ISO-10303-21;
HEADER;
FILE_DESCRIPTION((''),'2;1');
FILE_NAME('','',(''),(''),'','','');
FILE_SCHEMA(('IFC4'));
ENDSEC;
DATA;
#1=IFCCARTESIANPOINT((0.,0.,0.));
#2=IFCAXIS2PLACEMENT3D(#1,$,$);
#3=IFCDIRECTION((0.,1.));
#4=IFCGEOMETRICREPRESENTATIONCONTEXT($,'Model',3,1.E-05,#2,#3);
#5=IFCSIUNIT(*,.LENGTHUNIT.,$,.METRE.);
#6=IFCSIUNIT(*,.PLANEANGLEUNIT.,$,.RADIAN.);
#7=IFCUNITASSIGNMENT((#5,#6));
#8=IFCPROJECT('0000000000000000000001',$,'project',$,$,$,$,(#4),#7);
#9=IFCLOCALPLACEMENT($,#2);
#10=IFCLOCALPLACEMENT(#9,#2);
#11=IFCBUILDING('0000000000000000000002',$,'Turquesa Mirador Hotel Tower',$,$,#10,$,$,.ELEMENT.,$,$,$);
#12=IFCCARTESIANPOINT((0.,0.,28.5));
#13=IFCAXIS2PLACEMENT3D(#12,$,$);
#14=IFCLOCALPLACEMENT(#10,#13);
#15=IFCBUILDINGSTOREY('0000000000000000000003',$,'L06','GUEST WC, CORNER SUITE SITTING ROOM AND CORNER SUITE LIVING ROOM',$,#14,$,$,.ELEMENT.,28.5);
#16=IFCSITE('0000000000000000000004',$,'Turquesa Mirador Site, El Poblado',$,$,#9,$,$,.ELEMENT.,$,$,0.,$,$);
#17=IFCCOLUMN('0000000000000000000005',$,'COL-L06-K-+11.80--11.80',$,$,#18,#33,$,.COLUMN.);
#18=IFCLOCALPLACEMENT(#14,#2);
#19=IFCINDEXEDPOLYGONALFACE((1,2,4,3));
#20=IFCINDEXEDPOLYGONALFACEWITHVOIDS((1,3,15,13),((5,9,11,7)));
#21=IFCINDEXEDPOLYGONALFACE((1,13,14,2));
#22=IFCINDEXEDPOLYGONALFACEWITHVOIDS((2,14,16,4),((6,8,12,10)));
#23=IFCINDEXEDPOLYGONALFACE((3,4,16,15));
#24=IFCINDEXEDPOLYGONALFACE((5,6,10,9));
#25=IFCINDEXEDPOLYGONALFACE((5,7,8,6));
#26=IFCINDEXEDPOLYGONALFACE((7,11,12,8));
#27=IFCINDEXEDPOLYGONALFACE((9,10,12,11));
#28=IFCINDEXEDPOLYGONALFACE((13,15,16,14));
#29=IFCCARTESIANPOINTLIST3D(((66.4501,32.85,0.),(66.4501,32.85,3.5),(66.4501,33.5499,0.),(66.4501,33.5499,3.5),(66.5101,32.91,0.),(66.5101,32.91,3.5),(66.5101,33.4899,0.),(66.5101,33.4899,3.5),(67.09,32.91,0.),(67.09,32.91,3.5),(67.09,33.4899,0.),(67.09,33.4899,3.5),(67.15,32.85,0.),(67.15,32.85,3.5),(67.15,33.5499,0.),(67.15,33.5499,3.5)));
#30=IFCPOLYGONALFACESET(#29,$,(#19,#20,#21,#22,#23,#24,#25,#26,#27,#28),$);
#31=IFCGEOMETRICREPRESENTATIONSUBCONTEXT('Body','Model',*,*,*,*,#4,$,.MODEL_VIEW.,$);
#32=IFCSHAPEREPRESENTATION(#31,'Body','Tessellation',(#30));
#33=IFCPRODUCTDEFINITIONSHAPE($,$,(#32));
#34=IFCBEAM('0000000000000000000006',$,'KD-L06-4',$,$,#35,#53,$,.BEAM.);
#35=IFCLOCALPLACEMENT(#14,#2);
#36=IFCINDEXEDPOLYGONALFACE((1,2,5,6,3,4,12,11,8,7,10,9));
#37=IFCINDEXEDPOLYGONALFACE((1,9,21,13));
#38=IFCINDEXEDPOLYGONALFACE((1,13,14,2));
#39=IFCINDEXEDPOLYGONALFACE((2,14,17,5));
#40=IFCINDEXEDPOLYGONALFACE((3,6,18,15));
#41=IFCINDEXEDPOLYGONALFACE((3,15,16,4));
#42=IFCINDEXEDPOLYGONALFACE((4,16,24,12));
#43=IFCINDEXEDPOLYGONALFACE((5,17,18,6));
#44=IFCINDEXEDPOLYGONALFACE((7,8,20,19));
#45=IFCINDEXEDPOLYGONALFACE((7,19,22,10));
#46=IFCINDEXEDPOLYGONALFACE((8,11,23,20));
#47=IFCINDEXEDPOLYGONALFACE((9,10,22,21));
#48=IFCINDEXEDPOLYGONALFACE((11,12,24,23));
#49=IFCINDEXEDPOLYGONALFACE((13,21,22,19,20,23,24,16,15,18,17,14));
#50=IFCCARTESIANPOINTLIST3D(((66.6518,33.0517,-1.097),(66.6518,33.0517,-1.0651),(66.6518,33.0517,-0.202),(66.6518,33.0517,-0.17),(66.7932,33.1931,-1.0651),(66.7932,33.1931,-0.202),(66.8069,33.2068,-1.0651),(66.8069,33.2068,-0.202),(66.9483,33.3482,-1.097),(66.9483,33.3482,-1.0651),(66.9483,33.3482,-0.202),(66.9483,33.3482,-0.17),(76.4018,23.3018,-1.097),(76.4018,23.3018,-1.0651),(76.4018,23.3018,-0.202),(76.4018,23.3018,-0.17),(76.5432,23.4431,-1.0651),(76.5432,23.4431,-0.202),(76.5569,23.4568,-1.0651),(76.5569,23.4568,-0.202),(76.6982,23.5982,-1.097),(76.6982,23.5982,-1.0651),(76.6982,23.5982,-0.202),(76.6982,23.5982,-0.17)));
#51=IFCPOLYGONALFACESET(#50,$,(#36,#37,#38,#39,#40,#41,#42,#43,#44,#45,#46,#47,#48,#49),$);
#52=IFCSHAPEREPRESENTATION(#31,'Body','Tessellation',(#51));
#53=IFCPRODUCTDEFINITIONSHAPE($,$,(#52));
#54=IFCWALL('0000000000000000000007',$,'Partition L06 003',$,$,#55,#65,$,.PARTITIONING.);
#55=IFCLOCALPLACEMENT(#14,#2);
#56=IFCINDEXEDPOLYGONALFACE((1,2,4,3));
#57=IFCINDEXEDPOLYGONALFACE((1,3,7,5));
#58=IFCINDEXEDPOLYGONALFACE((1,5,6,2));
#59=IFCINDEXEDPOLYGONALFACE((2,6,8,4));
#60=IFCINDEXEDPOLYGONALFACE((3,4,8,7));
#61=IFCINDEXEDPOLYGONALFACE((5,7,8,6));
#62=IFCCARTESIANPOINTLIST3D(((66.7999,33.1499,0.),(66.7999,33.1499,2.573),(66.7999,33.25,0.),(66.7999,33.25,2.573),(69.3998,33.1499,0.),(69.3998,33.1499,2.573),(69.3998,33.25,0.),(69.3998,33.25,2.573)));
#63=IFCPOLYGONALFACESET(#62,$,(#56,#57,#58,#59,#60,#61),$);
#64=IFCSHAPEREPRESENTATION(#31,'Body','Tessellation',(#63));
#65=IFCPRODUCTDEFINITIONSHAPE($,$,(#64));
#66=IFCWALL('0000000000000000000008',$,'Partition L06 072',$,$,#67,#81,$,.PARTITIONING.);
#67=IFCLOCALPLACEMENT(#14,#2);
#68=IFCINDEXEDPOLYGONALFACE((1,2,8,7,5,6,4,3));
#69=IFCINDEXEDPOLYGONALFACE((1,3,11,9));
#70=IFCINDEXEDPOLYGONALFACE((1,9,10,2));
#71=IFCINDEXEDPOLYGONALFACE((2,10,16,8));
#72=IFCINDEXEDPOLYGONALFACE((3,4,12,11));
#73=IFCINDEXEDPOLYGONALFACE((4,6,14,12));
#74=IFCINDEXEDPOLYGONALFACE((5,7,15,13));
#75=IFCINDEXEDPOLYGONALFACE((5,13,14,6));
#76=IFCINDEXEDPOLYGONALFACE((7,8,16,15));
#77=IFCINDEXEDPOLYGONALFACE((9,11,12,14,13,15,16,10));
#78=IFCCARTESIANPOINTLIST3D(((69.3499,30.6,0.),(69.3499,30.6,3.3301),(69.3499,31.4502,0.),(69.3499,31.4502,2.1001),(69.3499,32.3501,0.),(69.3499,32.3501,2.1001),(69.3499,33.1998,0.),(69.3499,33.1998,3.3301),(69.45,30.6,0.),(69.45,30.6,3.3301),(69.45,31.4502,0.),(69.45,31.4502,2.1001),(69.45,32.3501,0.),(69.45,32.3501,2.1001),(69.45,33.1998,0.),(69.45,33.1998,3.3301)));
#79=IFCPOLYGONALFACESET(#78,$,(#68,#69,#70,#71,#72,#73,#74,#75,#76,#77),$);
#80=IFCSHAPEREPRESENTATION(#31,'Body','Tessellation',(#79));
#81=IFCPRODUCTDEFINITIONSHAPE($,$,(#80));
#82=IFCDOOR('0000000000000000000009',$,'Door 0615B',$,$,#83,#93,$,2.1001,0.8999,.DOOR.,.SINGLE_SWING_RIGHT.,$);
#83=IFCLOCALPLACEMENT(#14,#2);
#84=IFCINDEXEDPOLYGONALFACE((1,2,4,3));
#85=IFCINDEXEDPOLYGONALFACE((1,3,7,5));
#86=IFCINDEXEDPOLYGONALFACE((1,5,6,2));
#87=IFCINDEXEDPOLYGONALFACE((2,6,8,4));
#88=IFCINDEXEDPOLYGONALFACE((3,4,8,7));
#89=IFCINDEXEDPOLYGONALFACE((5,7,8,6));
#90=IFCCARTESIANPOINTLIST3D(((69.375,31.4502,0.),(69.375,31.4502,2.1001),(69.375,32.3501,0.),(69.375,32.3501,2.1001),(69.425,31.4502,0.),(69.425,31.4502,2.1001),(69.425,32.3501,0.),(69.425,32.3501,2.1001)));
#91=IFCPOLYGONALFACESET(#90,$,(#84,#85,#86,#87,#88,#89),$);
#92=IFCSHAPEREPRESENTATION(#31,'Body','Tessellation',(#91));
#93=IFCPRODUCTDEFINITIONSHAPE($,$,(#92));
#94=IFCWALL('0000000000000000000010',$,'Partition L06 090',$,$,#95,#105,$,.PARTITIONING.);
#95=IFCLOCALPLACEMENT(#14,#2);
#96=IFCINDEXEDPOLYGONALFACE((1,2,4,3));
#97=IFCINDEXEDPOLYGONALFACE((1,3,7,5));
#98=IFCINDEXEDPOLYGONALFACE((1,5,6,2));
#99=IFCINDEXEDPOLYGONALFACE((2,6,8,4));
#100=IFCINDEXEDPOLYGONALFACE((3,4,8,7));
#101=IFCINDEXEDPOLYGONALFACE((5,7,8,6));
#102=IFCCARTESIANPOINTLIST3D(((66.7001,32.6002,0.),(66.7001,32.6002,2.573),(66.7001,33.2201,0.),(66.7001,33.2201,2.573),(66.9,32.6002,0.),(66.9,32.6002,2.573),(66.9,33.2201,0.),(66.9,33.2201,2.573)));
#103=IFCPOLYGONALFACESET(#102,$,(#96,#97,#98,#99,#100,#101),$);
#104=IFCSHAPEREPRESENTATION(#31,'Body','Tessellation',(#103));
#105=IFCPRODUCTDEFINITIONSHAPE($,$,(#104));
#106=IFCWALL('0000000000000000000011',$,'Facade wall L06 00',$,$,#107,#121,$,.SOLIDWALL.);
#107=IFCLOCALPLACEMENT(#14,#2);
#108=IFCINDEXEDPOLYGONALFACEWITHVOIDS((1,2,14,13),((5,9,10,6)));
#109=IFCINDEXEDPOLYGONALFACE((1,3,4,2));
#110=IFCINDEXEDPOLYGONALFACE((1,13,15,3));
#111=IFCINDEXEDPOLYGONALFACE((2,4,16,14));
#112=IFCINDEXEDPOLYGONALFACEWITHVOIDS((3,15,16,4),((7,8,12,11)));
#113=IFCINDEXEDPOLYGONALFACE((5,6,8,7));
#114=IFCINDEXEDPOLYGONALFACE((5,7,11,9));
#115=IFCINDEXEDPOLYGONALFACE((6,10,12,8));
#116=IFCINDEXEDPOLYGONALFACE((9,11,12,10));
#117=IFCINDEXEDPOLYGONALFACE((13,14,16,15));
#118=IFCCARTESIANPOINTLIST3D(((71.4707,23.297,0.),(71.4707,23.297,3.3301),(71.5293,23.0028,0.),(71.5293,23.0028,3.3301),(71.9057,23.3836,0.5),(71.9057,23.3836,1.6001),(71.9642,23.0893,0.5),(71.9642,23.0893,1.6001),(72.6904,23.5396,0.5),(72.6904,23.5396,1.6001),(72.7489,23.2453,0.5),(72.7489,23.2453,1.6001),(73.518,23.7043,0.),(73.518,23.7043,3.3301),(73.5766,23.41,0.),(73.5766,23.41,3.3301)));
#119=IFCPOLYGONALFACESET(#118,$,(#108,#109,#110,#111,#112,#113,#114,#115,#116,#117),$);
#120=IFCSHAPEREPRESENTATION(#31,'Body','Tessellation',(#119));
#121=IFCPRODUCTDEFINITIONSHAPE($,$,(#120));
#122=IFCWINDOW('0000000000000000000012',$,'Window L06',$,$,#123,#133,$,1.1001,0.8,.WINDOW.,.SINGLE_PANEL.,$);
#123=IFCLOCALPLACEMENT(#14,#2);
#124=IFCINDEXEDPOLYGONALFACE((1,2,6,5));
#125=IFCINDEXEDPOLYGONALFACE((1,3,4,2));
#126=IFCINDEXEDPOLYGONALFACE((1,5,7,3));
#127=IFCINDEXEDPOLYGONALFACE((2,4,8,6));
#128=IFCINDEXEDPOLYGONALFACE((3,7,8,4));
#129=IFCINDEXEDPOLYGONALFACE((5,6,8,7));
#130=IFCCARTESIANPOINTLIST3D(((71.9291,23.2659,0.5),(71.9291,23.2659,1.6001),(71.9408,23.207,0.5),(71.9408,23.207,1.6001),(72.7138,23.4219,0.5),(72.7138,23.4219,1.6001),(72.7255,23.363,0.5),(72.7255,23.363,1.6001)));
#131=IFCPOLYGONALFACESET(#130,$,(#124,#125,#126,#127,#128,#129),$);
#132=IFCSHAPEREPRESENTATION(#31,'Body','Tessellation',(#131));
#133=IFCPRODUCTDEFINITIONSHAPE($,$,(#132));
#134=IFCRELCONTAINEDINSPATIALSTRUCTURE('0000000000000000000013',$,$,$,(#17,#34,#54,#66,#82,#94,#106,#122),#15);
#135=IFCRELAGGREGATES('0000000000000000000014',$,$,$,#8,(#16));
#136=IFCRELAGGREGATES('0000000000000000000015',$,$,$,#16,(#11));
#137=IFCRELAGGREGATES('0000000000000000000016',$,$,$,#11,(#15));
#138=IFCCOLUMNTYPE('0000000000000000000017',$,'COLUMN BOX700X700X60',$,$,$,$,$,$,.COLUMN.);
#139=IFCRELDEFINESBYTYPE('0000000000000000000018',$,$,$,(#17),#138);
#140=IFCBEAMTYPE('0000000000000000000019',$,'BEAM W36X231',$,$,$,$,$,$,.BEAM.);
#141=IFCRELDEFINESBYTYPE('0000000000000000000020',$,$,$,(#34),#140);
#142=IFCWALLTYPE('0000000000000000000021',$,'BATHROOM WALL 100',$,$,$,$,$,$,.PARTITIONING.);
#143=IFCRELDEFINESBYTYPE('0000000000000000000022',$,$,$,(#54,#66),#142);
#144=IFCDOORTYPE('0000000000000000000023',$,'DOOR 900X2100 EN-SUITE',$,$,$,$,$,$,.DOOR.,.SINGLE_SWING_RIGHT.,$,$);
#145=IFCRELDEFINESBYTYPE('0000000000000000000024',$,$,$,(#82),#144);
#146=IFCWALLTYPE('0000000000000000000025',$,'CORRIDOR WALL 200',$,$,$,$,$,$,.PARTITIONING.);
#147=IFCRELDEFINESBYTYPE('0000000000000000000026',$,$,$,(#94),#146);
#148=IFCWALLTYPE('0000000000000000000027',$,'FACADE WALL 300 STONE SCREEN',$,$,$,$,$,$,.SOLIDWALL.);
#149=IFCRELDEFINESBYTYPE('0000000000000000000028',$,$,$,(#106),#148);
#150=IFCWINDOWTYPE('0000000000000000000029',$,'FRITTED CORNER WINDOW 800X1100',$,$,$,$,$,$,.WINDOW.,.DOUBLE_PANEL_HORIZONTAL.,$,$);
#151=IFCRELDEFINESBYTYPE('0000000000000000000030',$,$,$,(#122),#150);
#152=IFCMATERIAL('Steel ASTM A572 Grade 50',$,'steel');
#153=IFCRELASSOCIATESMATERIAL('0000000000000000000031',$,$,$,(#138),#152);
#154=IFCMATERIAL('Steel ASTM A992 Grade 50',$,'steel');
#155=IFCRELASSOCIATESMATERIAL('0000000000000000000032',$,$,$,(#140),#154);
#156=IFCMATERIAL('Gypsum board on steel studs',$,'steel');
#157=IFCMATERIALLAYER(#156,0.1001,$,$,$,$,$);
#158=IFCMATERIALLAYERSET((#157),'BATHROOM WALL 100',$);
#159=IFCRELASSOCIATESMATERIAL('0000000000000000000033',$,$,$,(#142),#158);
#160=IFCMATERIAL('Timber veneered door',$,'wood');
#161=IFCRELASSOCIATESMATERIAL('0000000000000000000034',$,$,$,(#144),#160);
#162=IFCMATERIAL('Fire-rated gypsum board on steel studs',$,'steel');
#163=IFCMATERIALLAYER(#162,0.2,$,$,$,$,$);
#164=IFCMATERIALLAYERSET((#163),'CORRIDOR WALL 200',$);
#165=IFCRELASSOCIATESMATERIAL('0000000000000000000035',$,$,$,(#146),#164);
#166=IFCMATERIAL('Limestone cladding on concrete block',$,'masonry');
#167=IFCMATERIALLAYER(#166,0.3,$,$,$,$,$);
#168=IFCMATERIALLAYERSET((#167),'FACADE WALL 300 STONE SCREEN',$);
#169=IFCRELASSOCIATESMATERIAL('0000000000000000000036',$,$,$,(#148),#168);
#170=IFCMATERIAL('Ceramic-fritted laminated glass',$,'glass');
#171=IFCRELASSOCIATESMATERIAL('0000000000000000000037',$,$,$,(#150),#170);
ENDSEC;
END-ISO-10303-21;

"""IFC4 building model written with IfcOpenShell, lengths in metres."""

from ifc_helpers import new_model, si_unit, direction, frame, frame_2d, origin, origin_2d, place, context, subcontext, project, spatial, rectangle, hollow_rectangle, i_section, extrude, material, layer, layer_set, material_profile, profile_set, type_object, element, fill, save


model = new_model("IFC4")

# Units and contexts
model_context = context("Model", 3, precision=1e-05, world=origin(), true_north=direction((0.0, 1.0)))
body_context = subcontext(model_context, "Body", "Model", "MODEL_VIEW")
ifc_project = project(units=[si_unit("LENGTHUNIT", "METRE"), si_unit("PLANEANGLEUNIT", "RADIAN")], contexts=[model_context])

# Site, building, storey
site_placement = place(None, origin())
site = spatial("IfcSite", under=ifc_project, at=site_placement, Name="Turquesa Mirador Site, El Poblado", CompositionType="ELEMENT", RefElevation=0.0)
building_placement = place(site_placement, origin())
building = spatial("IfcBuilding", under=site, at=building_placement, Name="Turquesa Mirador Hotel Tower", CompositionType="ELEMENT")
storey_placement = place(building_placement, frame((0.0, 0.0, 28.5)))
storey = spatial("IfcBuildingStorey", under=building, at=storey_placement, Name="L06", Description="GUEST WC, CORNER SUITE SITTING ROOM AND CORNER SUITE LIVING ROOM", CompositionType="ELEMENT", Elevation=28.5)

# Column
ifc_material_1 = material(Name="Steel ASTM A572 Grade 50", Category="steel")
ifc_material_profile_1 = material_profile(ifc_material_1, hollow_rectangle(XDim=0.7, YDim=0.7, WallThickness=0.0601, at=origin_2d()), Name="BOX700X700X60")
ifc_profile_set_1 = profile_set([ifc_material_profile_1], Name="Steel ASTM A572 Grade 50")
column_type = type_object("IfcColumnType", Name="COLUMN BOX700X700X60", PredefinedType="COLUMN", material=ifc_profile_set_1)
column_placement = place(storey_placement, frame((66.8, 33.2, 0.0), z_axis=(0.0, 0.0, 1.0), x_axis=(1.0, 0.0, 0.0)))
element("IfcColumn", 1, at=column_placement, inside=storey, type_object=column_type, Name="COL-L06-K-+11.80--11.80", PredefinedType="COLUMN", context=body_context, shape_type="SweptSolid", body=[
    extrude(hollow_rectangle(XDim=0.7, YDim=0.7, WallThickness=0.0601, at=origin_2d()), origin(), (0.0, 0.0, 1.0), 3.5),
])

# Beam
ifc_material_2 = material(Name="Steel ASTM A992 Grade 50", Category="steel")
ifc_material_profile_2 = material_profile(ifc_material_2, i_section(OverallWidth=0.4192, OverallDepth=0.927, WebThickness=0.0193, FlangeThickness=0.032, at=origin_2d()), Name="W36X231")
ifc_profile_set_2 = profile_set([ifc_material_profile_2], Name="Steel ASTM A992 Grade 50")
beam_type = type_object("IfcBeamType", Name="BEAM W36X231", PredefinedType="BEAM", material=ifc_profile_set_2)
beam_placement = place(storey_placement, frame((66.8, 33.2, -0.6335), z_axis=(0.707107, -0.707107, 0.0), x_axis=(0.707107, 0.707107, 0.0)))
element("IfcBeam", 2, at=beam_placement, inside=storey, type_object=beam_type, Name="KD-L06-4", PredefinedType="BEAM", context=body_context, shape_type="SweptSolid", body=[
    extrude(i_section(OverallWidth=0.4192, OverallDepth=0.927, WebThickness=0.0193, FlangeThickness=0.032, at=origin_2d()), origin(), (0.0, 0.0, 1.0), 13.7886),
])

# Wall
ifc_material_3 = material(Name="Gypsum board on steel studs", Category="steel")
ifc_layer_1 = layer(ifc_material_3, 0.1001)
ifc_layer_set_1 = layer_set([ifc_layer_1], Name="BATHROOM WALL 100")
wall_type_1 = type_object("IfcWallType", Name="BATHROOM WALL 100", PredefinedType="PARTITIONING", material=ifc_layer_set_1)
wall_1_placement = place(storey_placement, frame((66.8, 33.2, 0.0), z_axis=(0.0, 0.0, 1.0), x_axis=(1.0, 0.0, 0.0)))
element("IfcWall", 3, at=wall_1_placement, inside=storey, type_object=wall_type_1, Name="Partition L06 003", PredefinedType="PARTITIONING", context=body_context, shape_type="SweptSolid", body=[
    extrude(rectangle(XDim=2.5999, YDim=0.1001, at=frame_2d((1.2998, 0.0))), origin(), (0.0, 0.0, 1.0), 2.573),
])

# Wall, opening, door
wall_2_placement = place(storey_placement, frame((69.3999, 30.6001, 0.0), z_axis=(0.0, 0.0, 1.0), x_axis=(0.0, 1.0, 0.0)))
wall_2 = element("IfcWall", 4, at=wall_2_placement, inside=storey, type_object=wall_type_1, Name="Partition L06 072", PredefinedType="PARTITIONING", context=body_context, shape_type="SweptSolid", body=[
    extrude(rectangle(XDim=2.5999, YDim=0.1001, at=frame_2d((1.2998, 0.0))), origin(), (0.0, 0.0, 1.0), 3.3301),
])
opening_1_placement = place(wall_2_placement, frame((0.8501, 0.0, 0.0)))
opening_1 = element("IfcOpeningElement", 5, at=opening_1_placement, cuts=wall_2, PredefinedType="OPENING", context=body_context, shape_type="SweptSolid", body=[
    extrude(rectangle(XDim=0.8999, YDim=2.1001, at=frame_2d((0.45, 1.05))), frame((0.0, 0.0601, 0.0), z_axis=(0.0, -1.0, 0.0), x_axis=(1.0, 0.0, 0.0)), (0.0, 0.0, 1.0), 0.1201),
])
ifc_material_4 = material(Name="Timber veneered door", Category="wood")
door_type_1 = type_object("IfcDoorType", Name="DOOR 900X2100 EN-SUITE", OperationType="SINGLE_SWING_RIGHT", PredefinedType="DOOR", material=ifc_material_4)
door_1_placement = place(opening_1_placement, origin())
door_1 = element("IfcDoor", 6, at=door_1_placement, inside=storey, type_object=door_type_1, Name="Door 0615B", OperationType="SINGLE_SWING_RIGHT", OverallHeight=2.1001, OverallWidth=0.8999, PredefinedType="DOOR", context=body_context, shape_type="SweptSolid", body=[
    extrude(rectangle(XDim=0.8999, YDim=2.1001, at=frame_2d((0.45, 1.05))), frame((0.0, 0.0249, 0.0), z_axis=(0.0, -1.0, 0.0), x_axis=(1.0, 0.0, 0.0)), (0.0, 0.0, 1.0), 0.05),
])
fill(opening_1, door_1)

# Wall
ifc_material_5 = material(Name="Fire-rated gypsum board on steel studs", Category="steel")
ifc_layer_2 = layer(ifc_material_5, 0.2)
ifc_layer_set_2 = layer_set([ifc_layer_2], Name="CORRIDOR WALL 200")
wall_type_2 = type_object("IfcWallType", Name="CORRIDOR WALL 200", PredefinedType="PARTITIONING", material=ifc_layer_set_2)
wall_3_placement = place(storey_placement, frame((66.8, 32.6001, 0.0), z_axis=(0.0, 0.0, 1.0), x_axis=(0.0, 1.0, 0.0)))
element("IfcWall", 7, at=wall_3_placement, inside=storey, type_object=wall_type_2, Name="Partition L06 090", PredefinedType="PARTITIONING", context=body_context, shape_type="SweptSolid", body=[
    extrude(rectangle(XDim=0.6199, YDim=0.2, at=frame_2d((0.3101, 0.0))), origin(), (0.0, 0.0, 1.0), 2.573),
])

# Wall, opening, window
ifc_material_6 = material(Name="Limestone cladding on concrete block", Category="masonry")
ifc_layer_3 = layer(ifc_material_6, 0.3)
ifc_layer_set_3 = layer_set([ifc_layer_3], Name="FACADE WALL 300 STONE SCREEN")
wall_type_3 = type_object("IfcWallType", Name="FACADE WALL 300 STONE SCREEN", PredefinedType="SOLIDWALL", material=ifc_layer_set_3)
wall_4_placement = place(storey_placement, frame((71.5, 23.1499, 0.0), z_axis=(0.0, 0.0, 1.0), x_axis=(0.980787, 0.195081, 0.0)))
wall_4 = element("IfcWall", 8, at=wall_4_placement, inside=storey, type_object=wall_type_3, Name="Facade wall L06 00", PredefinedType="SOLIDWALL", context=body_context, shape_type="SweptSolid", body=[
    extrude(rectangle(XDim=2.0874, YDim=0.3, at=frame_2d((1.0437, 0.0))), origin(), (0.0, 0.0, 1.0), 3.3301),
])
opening_2_placement = place(wall_4_placement, frame((0.4436, 0.0, 0.5)))
opening_2 = element("IfcOpeningElement", 9, at=opening_2_placement, cuts=wall_4, PredefinedType="OPENING", context=body_context, shape_type="SweptSolid", body=[
    extrude(rectangle(XDim=0.8, YDim=1.1001, at=frame_2d((0.3999, 0.55))), frame((0.0, 0.1599, 0.0), z_axis=(0.0, -1.0, 0.0), x_axis=(1.0, 0.0, 0.0)), (0.0, 0.0, 1.0), 0.3201),
])
ifc_material_7 = material(Name="Ceramic-fritted laminated glass", Category="glass")
window_type = type_object("IfcWindowType", Name="FRITTED CORNER WINDOW 800X1100", PartitioningType="DOUBLE_PANEL_HORIZONTAL", PredefinedType="WINDOW", material=ifc_material_7)
window_placement = place(opening_2_placement, origin())
window = element("IfcWindow", 10, at=window_placement, inside=storey, type_object=window_type, Name="Window L06", OverallHeight=1.1001, OverallWidth=0.8, PartitioningType="SINGLE_PANEL", PredefinedType="WINDOW", context=body_context, shape_type="SweptSolid", body=[
    extrude(rectangle(XDim=0.8, YDim=1.1001, at=frame_2d((0.3999, 0.55))), frame((0.0, 0.03, 0.0), z_axis=(0.0, -1.0, 0.0), x_axis=(1.0, 0.0, 0.0)), (0.0, 0.0, 1.0), 0.0601),
])
fill(opening_2, window)

save(model, "model.ifc")
